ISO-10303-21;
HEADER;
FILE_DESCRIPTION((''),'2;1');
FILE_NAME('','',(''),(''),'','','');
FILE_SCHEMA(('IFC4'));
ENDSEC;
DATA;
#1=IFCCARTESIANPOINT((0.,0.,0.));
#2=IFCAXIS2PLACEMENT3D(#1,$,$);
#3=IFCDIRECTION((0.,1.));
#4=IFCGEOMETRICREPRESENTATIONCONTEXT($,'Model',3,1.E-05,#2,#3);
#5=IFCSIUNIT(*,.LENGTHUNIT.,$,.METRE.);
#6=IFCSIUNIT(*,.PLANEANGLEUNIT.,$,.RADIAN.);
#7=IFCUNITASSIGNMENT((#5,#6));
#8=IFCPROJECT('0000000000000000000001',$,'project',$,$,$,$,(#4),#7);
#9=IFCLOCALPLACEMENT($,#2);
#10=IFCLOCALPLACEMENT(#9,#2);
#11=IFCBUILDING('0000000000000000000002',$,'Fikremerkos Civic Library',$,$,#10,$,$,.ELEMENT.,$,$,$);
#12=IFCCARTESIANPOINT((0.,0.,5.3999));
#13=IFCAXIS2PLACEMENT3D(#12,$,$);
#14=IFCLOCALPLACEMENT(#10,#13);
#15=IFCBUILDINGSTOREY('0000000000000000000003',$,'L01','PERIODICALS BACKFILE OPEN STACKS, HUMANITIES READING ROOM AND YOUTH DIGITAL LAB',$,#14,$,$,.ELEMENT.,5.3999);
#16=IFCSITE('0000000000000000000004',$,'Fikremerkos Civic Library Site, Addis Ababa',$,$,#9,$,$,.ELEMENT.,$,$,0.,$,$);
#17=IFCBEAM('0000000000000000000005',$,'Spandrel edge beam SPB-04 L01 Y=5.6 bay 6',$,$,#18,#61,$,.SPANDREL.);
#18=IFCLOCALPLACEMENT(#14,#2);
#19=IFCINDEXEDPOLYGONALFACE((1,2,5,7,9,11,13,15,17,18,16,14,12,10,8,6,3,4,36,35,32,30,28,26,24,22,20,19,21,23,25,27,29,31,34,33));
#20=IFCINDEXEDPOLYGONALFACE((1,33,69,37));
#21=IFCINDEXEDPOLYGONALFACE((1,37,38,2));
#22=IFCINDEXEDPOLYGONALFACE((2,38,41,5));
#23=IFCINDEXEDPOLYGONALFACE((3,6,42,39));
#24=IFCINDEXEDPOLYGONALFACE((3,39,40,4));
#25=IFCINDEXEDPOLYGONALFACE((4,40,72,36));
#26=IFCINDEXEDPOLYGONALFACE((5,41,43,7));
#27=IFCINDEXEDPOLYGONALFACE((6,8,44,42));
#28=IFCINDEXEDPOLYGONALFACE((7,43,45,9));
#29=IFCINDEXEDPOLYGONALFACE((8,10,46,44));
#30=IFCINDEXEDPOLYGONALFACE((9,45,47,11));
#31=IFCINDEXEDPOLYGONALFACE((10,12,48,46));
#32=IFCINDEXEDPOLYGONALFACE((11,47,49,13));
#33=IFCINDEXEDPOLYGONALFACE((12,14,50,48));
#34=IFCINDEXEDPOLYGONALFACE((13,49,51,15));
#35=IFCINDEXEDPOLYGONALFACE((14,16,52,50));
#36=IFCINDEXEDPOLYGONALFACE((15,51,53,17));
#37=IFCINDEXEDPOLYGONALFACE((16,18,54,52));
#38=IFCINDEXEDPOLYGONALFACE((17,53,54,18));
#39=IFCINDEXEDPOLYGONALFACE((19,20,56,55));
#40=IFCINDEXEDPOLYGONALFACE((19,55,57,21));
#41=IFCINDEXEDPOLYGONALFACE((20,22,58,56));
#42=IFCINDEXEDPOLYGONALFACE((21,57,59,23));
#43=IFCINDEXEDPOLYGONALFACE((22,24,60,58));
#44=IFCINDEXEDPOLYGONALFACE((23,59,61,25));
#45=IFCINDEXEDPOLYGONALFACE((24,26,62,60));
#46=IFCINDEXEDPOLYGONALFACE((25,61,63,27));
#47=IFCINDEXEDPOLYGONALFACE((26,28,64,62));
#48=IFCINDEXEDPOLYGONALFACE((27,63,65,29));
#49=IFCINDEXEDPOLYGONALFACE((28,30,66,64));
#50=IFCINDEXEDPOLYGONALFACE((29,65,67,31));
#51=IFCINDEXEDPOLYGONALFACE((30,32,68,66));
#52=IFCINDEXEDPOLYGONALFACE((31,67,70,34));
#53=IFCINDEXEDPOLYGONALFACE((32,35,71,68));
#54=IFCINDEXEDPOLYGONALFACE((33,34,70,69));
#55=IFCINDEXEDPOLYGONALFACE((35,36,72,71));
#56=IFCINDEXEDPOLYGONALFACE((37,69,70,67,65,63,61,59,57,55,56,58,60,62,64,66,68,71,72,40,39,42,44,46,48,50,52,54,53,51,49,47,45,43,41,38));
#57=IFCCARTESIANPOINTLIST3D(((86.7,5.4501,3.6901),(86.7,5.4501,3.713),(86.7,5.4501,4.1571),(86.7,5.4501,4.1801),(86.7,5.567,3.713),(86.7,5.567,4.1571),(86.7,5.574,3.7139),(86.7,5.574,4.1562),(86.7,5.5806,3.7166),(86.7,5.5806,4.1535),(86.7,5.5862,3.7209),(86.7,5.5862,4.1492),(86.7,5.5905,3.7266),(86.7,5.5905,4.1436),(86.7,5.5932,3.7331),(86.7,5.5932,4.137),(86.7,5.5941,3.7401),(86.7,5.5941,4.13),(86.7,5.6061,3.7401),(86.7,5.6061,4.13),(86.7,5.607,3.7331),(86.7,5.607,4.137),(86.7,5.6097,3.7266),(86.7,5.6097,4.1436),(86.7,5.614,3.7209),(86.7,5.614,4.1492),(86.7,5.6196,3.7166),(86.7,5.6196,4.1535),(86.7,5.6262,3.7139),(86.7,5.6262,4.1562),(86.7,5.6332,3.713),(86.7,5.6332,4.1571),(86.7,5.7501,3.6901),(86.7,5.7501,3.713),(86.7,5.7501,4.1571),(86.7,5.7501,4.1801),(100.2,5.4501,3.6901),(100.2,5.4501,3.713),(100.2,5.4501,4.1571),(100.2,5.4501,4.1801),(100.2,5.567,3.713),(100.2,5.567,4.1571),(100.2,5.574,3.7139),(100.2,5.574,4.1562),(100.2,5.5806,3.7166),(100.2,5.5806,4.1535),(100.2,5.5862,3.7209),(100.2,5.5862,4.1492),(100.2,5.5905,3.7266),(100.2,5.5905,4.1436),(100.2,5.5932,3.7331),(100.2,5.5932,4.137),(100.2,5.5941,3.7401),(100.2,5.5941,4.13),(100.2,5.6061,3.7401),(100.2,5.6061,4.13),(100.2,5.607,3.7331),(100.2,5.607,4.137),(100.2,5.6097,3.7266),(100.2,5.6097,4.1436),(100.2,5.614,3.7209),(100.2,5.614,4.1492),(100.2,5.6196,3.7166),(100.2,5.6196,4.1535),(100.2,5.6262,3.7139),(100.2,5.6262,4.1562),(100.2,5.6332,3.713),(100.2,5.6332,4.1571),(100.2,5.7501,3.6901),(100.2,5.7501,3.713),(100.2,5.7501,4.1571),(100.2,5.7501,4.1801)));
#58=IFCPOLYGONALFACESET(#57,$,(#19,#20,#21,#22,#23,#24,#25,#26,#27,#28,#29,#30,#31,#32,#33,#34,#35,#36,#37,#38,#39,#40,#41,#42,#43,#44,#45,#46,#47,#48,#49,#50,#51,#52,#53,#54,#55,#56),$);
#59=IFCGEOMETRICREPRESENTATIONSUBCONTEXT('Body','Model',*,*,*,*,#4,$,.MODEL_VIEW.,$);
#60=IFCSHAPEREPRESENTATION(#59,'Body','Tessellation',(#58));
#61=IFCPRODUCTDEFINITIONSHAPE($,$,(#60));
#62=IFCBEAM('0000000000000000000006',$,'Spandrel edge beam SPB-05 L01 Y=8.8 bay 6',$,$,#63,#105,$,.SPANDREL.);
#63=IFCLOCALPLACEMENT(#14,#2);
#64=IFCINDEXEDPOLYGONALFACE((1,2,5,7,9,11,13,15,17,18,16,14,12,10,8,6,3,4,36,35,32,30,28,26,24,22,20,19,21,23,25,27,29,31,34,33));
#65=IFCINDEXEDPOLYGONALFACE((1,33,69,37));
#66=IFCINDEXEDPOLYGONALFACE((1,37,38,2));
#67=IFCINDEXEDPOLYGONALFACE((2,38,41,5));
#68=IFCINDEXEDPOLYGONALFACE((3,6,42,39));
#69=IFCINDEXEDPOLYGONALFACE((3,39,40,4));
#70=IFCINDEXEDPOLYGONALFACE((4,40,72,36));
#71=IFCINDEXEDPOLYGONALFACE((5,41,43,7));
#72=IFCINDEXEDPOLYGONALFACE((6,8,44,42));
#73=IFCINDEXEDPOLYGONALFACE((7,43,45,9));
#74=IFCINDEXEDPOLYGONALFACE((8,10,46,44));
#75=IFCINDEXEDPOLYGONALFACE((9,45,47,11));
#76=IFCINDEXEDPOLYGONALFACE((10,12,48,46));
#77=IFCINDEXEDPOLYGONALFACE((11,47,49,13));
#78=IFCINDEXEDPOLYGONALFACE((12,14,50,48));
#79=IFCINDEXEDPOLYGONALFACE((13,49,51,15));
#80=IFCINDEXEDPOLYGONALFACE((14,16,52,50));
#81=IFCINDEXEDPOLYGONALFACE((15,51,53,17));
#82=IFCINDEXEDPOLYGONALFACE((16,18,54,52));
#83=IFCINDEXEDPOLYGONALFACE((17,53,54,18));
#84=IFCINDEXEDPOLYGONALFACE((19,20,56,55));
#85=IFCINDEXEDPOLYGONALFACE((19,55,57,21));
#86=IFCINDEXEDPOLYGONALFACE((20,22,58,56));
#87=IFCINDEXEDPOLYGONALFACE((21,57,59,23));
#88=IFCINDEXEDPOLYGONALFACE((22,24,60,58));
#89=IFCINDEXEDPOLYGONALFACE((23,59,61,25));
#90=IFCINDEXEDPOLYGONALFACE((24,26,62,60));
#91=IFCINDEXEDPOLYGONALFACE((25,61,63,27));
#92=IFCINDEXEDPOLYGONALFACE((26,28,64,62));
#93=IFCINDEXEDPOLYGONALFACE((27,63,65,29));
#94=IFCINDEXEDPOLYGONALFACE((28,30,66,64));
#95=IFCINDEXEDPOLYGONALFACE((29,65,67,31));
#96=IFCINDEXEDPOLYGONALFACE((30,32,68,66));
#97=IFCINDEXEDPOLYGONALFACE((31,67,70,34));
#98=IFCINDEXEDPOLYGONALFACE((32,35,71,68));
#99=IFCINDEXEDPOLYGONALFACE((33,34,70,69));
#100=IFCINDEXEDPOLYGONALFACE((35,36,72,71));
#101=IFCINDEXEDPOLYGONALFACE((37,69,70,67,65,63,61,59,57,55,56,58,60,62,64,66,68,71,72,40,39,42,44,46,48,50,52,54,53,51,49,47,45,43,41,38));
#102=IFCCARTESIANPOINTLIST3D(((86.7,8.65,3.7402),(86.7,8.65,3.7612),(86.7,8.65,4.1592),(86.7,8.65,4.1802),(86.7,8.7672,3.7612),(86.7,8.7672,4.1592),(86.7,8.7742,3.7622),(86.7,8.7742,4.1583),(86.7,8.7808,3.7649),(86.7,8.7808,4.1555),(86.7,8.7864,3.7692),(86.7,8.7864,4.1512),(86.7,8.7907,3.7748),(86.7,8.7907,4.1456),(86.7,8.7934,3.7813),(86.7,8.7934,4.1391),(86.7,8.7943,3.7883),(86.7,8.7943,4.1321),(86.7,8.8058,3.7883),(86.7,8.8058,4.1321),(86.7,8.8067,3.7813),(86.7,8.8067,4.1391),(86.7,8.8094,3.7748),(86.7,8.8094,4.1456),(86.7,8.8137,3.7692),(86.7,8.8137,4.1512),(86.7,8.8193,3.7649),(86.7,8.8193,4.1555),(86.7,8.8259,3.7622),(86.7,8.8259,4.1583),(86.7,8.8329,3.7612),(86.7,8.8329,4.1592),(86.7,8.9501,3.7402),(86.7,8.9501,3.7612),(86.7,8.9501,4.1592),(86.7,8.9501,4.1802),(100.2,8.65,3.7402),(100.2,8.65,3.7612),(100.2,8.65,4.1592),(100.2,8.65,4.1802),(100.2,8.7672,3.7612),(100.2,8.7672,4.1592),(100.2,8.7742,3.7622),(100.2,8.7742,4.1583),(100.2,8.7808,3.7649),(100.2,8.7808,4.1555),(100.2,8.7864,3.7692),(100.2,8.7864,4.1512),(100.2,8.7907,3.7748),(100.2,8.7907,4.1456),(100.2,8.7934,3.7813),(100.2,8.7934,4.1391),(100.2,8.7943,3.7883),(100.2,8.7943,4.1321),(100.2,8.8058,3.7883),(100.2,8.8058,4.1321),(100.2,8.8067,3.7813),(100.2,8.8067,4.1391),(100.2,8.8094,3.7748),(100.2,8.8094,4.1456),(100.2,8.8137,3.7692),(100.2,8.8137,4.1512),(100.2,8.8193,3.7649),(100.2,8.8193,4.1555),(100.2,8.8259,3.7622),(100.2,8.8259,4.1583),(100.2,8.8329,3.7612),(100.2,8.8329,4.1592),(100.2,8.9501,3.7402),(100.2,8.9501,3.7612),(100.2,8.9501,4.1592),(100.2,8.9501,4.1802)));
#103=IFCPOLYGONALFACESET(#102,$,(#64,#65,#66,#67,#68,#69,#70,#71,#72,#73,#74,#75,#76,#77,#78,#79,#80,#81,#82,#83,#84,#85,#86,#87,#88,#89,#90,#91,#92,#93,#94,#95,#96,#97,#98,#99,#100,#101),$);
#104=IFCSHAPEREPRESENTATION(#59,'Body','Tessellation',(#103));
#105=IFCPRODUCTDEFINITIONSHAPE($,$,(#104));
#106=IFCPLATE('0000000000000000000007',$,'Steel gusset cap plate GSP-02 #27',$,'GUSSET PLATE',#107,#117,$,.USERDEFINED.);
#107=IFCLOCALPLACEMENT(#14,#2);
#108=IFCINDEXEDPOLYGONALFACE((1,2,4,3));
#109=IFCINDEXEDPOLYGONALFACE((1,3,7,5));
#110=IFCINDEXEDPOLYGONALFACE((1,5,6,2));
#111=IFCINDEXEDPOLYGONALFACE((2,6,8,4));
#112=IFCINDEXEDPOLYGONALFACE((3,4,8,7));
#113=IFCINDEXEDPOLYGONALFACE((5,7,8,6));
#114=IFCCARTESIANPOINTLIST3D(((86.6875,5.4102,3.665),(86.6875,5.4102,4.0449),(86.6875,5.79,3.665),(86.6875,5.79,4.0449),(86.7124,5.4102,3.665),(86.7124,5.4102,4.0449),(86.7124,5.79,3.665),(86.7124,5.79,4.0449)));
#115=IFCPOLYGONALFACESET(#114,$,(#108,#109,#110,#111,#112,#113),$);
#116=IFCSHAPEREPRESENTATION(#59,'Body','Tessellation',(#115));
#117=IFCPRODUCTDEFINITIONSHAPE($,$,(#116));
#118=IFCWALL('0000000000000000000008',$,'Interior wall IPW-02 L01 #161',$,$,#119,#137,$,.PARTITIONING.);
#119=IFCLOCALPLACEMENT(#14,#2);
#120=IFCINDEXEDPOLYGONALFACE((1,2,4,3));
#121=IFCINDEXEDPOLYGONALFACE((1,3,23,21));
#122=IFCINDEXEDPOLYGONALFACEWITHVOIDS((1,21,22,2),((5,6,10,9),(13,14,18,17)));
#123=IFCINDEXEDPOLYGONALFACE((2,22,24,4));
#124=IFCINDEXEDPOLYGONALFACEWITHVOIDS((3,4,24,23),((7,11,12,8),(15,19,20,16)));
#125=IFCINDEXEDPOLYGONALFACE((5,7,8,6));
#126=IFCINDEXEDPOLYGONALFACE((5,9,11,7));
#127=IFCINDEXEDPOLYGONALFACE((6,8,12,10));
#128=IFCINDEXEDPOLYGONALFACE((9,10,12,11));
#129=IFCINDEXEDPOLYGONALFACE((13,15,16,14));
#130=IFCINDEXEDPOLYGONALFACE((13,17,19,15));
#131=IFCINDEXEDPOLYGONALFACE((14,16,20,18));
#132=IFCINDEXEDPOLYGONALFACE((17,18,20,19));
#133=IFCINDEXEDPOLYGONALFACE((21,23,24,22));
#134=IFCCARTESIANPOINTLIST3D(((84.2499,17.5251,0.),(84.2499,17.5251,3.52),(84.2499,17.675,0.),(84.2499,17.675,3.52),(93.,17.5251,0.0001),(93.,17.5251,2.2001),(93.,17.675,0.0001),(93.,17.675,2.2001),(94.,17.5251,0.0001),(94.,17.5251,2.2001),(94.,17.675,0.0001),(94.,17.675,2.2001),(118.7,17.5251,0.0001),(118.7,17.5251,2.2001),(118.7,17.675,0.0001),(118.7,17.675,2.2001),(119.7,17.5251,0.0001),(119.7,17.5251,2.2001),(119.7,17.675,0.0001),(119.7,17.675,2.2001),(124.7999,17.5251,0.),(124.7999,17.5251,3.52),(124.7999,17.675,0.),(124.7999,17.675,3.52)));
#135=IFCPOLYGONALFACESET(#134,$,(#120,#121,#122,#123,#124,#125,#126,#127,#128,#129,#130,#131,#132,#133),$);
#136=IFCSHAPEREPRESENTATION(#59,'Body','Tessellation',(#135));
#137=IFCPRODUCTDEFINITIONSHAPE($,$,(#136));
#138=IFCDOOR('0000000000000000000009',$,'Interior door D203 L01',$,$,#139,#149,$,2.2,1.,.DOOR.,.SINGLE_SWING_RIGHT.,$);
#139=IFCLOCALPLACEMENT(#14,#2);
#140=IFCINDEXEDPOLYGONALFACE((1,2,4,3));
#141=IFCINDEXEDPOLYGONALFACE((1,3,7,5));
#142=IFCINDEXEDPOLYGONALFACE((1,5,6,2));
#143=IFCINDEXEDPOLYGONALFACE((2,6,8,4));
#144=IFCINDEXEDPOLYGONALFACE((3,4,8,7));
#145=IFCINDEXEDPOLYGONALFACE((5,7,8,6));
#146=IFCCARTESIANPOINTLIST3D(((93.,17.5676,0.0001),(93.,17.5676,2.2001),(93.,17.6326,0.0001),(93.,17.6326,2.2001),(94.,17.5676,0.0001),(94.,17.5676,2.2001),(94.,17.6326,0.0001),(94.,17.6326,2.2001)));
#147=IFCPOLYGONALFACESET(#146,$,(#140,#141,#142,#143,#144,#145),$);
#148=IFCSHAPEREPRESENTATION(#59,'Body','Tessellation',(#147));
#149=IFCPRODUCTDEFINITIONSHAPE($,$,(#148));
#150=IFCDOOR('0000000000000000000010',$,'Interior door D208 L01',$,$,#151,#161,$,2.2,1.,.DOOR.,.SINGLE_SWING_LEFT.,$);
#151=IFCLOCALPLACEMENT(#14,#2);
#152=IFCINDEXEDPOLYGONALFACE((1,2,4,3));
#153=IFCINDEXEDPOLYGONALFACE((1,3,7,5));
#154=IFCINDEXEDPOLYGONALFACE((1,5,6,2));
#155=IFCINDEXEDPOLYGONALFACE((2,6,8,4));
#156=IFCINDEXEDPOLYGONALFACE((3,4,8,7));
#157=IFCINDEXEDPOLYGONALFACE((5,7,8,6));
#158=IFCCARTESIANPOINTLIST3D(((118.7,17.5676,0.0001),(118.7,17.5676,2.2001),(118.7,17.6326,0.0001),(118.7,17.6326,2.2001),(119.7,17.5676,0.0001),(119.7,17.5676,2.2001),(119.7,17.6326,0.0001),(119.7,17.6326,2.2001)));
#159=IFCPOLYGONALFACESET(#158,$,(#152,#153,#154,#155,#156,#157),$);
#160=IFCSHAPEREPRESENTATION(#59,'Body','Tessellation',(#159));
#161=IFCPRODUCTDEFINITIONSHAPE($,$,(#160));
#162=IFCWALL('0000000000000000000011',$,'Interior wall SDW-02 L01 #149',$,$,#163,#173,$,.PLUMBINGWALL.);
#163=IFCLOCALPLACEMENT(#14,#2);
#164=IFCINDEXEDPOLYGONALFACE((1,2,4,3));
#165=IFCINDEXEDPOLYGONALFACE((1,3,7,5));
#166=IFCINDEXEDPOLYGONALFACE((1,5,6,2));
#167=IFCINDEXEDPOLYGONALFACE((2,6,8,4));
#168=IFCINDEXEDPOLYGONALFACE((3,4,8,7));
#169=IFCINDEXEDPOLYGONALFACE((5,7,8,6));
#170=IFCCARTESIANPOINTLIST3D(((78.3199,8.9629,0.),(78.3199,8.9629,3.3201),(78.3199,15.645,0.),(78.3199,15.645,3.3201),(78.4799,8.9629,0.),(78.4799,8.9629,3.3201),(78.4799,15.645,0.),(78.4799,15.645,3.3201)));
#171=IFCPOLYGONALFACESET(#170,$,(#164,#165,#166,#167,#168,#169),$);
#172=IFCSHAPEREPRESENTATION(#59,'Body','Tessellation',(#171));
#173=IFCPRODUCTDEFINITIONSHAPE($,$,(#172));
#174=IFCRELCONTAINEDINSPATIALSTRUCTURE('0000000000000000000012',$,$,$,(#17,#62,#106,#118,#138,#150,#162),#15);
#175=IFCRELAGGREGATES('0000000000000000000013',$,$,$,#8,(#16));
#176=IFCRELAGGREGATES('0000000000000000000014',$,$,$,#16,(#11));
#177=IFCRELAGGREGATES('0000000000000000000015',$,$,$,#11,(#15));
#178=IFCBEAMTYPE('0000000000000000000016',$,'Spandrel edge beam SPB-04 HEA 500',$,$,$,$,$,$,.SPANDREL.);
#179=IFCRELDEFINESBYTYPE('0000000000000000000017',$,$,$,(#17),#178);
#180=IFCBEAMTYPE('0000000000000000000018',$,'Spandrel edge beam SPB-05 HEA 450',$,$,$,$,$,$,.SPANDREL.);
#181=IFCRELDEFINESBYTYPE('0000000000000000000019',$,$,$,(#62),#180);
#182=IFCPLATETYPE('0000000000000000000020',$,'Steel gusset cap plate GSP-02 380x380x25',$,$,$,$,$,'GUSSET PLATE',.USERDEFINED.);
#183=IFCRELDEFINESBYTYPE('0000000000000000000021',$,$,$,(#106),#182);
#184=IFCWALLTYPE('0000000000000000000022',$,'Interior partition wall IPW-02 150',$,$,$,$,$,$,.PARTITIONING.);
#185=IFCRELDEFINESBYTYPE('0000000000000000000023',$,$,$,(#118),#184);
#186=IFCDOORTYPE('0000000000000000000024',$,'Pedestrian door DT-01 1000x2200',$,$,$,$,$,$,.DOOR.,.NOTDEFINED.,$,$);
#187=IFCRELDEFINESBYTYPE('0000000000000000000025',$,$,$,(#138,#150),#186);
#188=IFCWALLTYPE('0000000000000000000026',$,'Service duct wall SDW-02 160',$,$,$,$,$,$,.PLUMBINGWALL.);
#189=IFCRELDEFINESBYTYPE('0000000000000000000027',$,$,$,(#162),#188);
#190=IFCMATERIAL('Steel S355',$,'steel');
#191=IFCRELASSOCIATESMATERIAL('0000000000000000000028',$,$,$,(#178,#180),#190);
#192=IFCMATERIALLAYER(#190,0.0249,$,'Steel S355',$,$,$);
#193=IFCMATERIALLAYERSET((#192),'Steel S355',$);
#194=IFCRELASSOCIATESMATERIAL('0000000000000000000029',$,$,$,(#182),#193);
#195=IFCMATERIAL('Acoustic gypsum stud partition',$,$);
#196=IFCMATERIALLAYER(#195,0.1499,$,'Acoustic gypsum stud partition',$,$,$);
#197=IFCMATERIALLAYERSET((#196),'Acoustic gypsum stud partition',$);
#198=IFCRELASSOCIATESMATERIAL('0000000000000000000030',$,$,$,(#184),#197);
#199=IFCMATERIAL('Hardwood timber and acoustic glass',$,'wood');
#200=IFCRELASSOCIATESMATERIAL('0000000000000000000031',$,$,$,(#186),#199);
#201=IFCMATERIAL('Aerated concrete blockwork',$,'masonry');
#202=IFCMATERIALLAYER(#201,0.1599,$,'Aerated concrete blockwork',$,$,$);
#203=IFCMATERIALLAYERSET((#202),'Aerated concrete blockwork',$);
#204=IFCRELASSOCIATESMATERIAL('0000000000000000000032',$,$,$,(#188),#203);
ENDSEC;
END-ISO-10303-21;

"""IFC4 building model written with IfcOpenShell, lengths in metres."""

from ifc_helpers import new_model, si_unit, direction, frame, frame_2d, origin, origin_2d, place, context, subcontext, project, spatial, rectangle, i_section, extrude, material, layer, layer_set, material_profile, profile_set, type_object, element, fill, save


model = new_model("IFC4")

# Units and contexts
model_context = context("Model", 3, precision=1e-05, world=origin(), true_north=direction((0.0, 1.0)))
body_context = subcontext(model_context, "Body", "Model", "MODEL_VIEW")
ifc_project = project(units=[si_unit("LENGTHUNIT", "METRE"), si_unit("PLANEANGLEUNIT", "RADIAN")], contexts=[model_context])

# Site, building, storey
site_placement = place(None, origin())
site = spatial("IfcSite", under=ifc_project, at=site_placement, Name="Fikremerkos Civic Library Site, Addis Ababa", CompositionType="ELEMENT", RefElevation=0.0)
building_placement = place(site_placement, origin())
building = spatial("IfcBuilding", under=site, at=building_placement, Name="Fikremerkos Civic Library", CompositionType="ELEMENT")
storey_placement = place(building_placement, frame((0.0, 0.0, 5.3999)))
storey = spatial("IfcBuildingStorey", under=building, at=storey_placement, Name="L01", Description="PERIODICALS BACKFILE OPEN STACKS, HUMANITIES READING ROOM AND YOUTH DIGITAL LAB", CompositionType="ELEMENT", Elevation=5.3999)

# Shared definitions
ifc_material_1 = material(Name="Steel S355", Category="steel")

# Beams
ifc_material_profile_1 = material_profile(ifc_material_1, i_section(OverallWidth=0.3, OverallDepth=0.49, WebThickness=0.012, FlangeThickness=0.0229, FilletRadius=0.0271, at=origin_2d()), Name="HEA 500")
ifc_profile_set_1 = profile_set([ifc_material_profile_1], Name="Steel S355")
beam_type_1 = type_object("IfcBeamType", Name="Spandrel edge beam SPB-04 HEA 500", PredefinedType="SPANDREL", material=ifc_profile_set_1)
beam_1_placement = place(storey_placement, frame((86.7, 5.6001, 3.9351), z_axis=(1.0, 0.0, 0.0), x_axis=(0.0, 1.0, 0.0)))
element("IfcBeam", 1, at=beam_1_placement, inside=storey, type_object=beam_type_1, Name="Spandrel edge beam SPB-04 L01 Y=5.6 bay 6", PredefinedType="SPANDREL", context=body_context, shape_type="SweptSolid", body=[
    extrude(i_section(OverallWidth=0.3, OverallDepth=0.49, WebThickness=0.012, FlangeThickness=0.0229, FilletRadius=0.0271, at=origin_2d()), origin(), (0.0, 0.0, 1.0), 13.5),
])
ifc_material_profile_2 = material_profile(ifc_material_1, i_section(OverallWidth=0.3, OverallDepth=0.4399, WebThickness=0.0115, FlangeThickness=0.021, FilletRadius=0.0271, at=origin_2d()), Name="HEA 450")
ifc_profile_set_2 = profile_set([ifc_material_profile_2], Name="Steel S355")
beam_type_2 = type_object("IfcBeamType", Name="Spandrel edge beam SPB-05 HEA 450", PredefinedType="SPANDREL", material=ifc_profile_set_2)
beam_2_placement = place(storey_placement, frame((86.7, 8.8, 3.9602), z_axis=(1.0, 0.0, 0.0), x_axis=(0.0, 1.0, 0.0)))
element("IfcBeam", 2, at=beam_2_placement, inside=storey, type_object=beam_type_2, Name="Spandrel edge beam SPB-05 L01 Y=8.8 bay 6", PredefinedType="SPANDREL", context=body_context, shape_type="SweptSolid", body=[
    extrude(i_section(OverallWidth=0.3, OverallDepth=0.4399, WebThickness=0.0115, FlangeThickness=0.021, FilletRadius=0.0271, at=origin_2d()), origin(), (0.0, 0.0, 1.0), 13.5),
])

# Plate
ifc_layer_1 = layer(ifc_material_1, 0.0249, Name="Steel S355")
ifc_layer_set_1 = layer_set([ifc_layer_1], Name="Steel S355")
plate_type = type_object("IfcPlateType", Name="Steel gusset cap plate GSP-02 380x380x25", ElementType="GUSSET PLATE", PredefinedType="USERDEFINED", material=ifc_layer_set_1)
plate_placement = place(storey_placement, frame((86.7, 5.6001, 3.665), z_axis=(0.0, 0.0, 1.0), x_axis=(1.0, 0.0, 0.0)))
element("IfcPlate", 3, at=plate_placement, inside=storey, type_object=plate_type, Name="Steel gusset cap plate GSP-02 #27", ObjectType="GUSSET PLATE", PredefinedType="USERDEFINED", context=body_context, shape_type="SweptSolid", body=[
    extrude(rectangle(XDim=0.0249, YDim=0.3799, at=origin_2d()), origin(), (0.0, 0.0, 1.0), 0.3799),
])

# Wall, openings, doors
ifc_material_2 = material(Name="Acoustic gypsum stud partition")
ifc_layer_2 = layer(ifc_material_2, 0.1499, Name="Acoustic gypsum stud partition")
ifc_layer_set_2 = layer_set([ifc_layer_2], Name="Acoustic gypsum stud partition")
wall_type_1 = type_object("IfcWallType", Name="Interior partition wall IPW-02 150", PredefinedType="PARTITIONING", material=ifc_layer_set_2)
wall_1_placement = place(storey_placement, frame((84.25, 17.6001, 0.0), z_axis=(0.0, 0.0, 1.0), x_axis=(1.0, 0.0, 0.0)))
wall_1 = element("IfcWall", 4, at=wall_1_placement, inside=storey, type_object=wall_type_1, Name="Interior wall IPW-02 L01 #161", PredefinedType="PARTITIONING", context=body_context, shape_type="SweptSolid", body=[
    extrude(rectangle(XDim=40.55, YDim=0.1499, at=frame_2d((20.2749, 0.0))), origin(), (0.0, 0.0, 1.0), 3.52),
])
opening_1_placement = place(wall_1_placement, frame((8.75, 0.0, 0.0)))
opening_1 = element("IfcOpeningElement", 5, at=opening_1_placement, cuts=wall_1, PredefinedType="OPENING", context=body_context, shape_type="SweptSolid", body=[
    extrude(rectangle(XDim=1.0, YDim=2.2, at=frame_2d((0.5, 1.1001))), frame((0.0, 0.085, 0.0), z_axis=(0.0, -1.0, 0.0), x_axis=(1.0, 0.0, 0.0)), (0.0, 0.0, 1.0), 0.1699),
])
opening_2_placement = place(wall_1_placement, frame((34.45, 0.0, 0.0)))
opening_2 = element("IfcOpeningElement", 6, at=opening_2_placement, cuts=wall_1, PredefinedType="OPENING", context=body_context, shape_type="SweptSolid", body=[
    extrude(rectangle(XDim=1.0, YDim=2.2, at=frame_2d((0.5, 1.1001))), frame((0.0, 0.085, 0.0), z_axis=(0.0, -1.0, 0.0), x_axis=(1.0, 0.0, 0.0)), (0.0, 0.0, 1.0), 0.1699),
])
ifc_material_3 = material(Name="Hardwood timber and acoustic glass", Category="wood")
door_type = type_object("IfcDoorType", Name="Pedestrian door DT-01 1000x2200", OperationType="NOTDEFINED", PredefinedType="DOOR", material=ifc_material_3)
door_1_placement = place(opening_1_placement, origin())
door_1 = element("IfcDoor", 7, at=door_1_placement, inside=storey, type_object=door_type, Name="Interior door D203 L01", OperationType="SINGLE_SWING_RIGHT", OverallHeight=2.2, OverallWidth=1.0, PredefinedType="DOOR", context=body_context, shape_type="SweptSolid", body=[
    extrude(rectangle(XDim=1.0, YDim=2.2, at=frame_2d((0.5, 1.1001))), frame((0.0, 0.0325, 0.0), z_axis=(0.0, -1.0, 0.0), x_axis=(1.0, 0.0, 0.0)), (0.0, 0.0, 1.0), 0.0649),
])
fill(opening_1, door_1)
door_2_placement = place(opening_2_placement, origin())
door_2 = element("IfcDoor", 8, at=door_2_placement, inside=storey, type_object=door_type, Name="Interior door D208 L01", OperationType="SINGLE_SWING_LEFT", OverallHeight=2.2, OverallWidth=1.0, PredefinedType="DOOR", context=body_context, shape_type="SweptSolid", body=[
    extrude(rectangle(XDim=1.0, YDim=2.2, at=frame_2d((0.5, 1.1001))), frame((0.0, 0.0325, 0.0), z_axis=(0.0, -1.0, 0.0), x_axis=(1.0, 0.0, 0.0)), (0.0, 0.0, 1.0), 0.0649),
])
fill(opening_2, door_2)

# Wall
ifc_material_4 = material(Name="Aerated concrete blockwork", Category="masonry")
ifc_layer_3 = layer(ifc_material_4, 0.1599, Name="Aerated concrete blockwork")
ifc_layer_set_3 = layer_set([ifc_layer_3], Name="Aerated concrete blockwork")
wall_type_2 = type_object("IfcWallType", Name="Service duct wall SDW-02 160", PredefinedType="PLUMBINGWALL", material=ifc_layer_set_3)
for number, where, z_axis, x_axis, name in (
    (9, (78.3999, 8.9629, 0.0), (0.0, 0.0, 1.0), (0.0, 1.0, 0.0), "Interior wall SDW-02 L01 #149"),
):
    element("IfcWall", number, at=place(storey_placement, frame(where, z_axis=z_axis, x_axis=x_axis)), inside=storey, type_object=wall_type_2, Name=name, PredefinedType="PLUMBINGWALL", context=body_context, shape_type="SweptSolid", body=[
        extrude(rectangle(XDim=6.6821, YDim=0.1599, at=frame_2d((3.3411, 0.0))), origin(), (0.0, 0.0, 1.0), 3.3201),
    ])

save(model, "model.ifc")
